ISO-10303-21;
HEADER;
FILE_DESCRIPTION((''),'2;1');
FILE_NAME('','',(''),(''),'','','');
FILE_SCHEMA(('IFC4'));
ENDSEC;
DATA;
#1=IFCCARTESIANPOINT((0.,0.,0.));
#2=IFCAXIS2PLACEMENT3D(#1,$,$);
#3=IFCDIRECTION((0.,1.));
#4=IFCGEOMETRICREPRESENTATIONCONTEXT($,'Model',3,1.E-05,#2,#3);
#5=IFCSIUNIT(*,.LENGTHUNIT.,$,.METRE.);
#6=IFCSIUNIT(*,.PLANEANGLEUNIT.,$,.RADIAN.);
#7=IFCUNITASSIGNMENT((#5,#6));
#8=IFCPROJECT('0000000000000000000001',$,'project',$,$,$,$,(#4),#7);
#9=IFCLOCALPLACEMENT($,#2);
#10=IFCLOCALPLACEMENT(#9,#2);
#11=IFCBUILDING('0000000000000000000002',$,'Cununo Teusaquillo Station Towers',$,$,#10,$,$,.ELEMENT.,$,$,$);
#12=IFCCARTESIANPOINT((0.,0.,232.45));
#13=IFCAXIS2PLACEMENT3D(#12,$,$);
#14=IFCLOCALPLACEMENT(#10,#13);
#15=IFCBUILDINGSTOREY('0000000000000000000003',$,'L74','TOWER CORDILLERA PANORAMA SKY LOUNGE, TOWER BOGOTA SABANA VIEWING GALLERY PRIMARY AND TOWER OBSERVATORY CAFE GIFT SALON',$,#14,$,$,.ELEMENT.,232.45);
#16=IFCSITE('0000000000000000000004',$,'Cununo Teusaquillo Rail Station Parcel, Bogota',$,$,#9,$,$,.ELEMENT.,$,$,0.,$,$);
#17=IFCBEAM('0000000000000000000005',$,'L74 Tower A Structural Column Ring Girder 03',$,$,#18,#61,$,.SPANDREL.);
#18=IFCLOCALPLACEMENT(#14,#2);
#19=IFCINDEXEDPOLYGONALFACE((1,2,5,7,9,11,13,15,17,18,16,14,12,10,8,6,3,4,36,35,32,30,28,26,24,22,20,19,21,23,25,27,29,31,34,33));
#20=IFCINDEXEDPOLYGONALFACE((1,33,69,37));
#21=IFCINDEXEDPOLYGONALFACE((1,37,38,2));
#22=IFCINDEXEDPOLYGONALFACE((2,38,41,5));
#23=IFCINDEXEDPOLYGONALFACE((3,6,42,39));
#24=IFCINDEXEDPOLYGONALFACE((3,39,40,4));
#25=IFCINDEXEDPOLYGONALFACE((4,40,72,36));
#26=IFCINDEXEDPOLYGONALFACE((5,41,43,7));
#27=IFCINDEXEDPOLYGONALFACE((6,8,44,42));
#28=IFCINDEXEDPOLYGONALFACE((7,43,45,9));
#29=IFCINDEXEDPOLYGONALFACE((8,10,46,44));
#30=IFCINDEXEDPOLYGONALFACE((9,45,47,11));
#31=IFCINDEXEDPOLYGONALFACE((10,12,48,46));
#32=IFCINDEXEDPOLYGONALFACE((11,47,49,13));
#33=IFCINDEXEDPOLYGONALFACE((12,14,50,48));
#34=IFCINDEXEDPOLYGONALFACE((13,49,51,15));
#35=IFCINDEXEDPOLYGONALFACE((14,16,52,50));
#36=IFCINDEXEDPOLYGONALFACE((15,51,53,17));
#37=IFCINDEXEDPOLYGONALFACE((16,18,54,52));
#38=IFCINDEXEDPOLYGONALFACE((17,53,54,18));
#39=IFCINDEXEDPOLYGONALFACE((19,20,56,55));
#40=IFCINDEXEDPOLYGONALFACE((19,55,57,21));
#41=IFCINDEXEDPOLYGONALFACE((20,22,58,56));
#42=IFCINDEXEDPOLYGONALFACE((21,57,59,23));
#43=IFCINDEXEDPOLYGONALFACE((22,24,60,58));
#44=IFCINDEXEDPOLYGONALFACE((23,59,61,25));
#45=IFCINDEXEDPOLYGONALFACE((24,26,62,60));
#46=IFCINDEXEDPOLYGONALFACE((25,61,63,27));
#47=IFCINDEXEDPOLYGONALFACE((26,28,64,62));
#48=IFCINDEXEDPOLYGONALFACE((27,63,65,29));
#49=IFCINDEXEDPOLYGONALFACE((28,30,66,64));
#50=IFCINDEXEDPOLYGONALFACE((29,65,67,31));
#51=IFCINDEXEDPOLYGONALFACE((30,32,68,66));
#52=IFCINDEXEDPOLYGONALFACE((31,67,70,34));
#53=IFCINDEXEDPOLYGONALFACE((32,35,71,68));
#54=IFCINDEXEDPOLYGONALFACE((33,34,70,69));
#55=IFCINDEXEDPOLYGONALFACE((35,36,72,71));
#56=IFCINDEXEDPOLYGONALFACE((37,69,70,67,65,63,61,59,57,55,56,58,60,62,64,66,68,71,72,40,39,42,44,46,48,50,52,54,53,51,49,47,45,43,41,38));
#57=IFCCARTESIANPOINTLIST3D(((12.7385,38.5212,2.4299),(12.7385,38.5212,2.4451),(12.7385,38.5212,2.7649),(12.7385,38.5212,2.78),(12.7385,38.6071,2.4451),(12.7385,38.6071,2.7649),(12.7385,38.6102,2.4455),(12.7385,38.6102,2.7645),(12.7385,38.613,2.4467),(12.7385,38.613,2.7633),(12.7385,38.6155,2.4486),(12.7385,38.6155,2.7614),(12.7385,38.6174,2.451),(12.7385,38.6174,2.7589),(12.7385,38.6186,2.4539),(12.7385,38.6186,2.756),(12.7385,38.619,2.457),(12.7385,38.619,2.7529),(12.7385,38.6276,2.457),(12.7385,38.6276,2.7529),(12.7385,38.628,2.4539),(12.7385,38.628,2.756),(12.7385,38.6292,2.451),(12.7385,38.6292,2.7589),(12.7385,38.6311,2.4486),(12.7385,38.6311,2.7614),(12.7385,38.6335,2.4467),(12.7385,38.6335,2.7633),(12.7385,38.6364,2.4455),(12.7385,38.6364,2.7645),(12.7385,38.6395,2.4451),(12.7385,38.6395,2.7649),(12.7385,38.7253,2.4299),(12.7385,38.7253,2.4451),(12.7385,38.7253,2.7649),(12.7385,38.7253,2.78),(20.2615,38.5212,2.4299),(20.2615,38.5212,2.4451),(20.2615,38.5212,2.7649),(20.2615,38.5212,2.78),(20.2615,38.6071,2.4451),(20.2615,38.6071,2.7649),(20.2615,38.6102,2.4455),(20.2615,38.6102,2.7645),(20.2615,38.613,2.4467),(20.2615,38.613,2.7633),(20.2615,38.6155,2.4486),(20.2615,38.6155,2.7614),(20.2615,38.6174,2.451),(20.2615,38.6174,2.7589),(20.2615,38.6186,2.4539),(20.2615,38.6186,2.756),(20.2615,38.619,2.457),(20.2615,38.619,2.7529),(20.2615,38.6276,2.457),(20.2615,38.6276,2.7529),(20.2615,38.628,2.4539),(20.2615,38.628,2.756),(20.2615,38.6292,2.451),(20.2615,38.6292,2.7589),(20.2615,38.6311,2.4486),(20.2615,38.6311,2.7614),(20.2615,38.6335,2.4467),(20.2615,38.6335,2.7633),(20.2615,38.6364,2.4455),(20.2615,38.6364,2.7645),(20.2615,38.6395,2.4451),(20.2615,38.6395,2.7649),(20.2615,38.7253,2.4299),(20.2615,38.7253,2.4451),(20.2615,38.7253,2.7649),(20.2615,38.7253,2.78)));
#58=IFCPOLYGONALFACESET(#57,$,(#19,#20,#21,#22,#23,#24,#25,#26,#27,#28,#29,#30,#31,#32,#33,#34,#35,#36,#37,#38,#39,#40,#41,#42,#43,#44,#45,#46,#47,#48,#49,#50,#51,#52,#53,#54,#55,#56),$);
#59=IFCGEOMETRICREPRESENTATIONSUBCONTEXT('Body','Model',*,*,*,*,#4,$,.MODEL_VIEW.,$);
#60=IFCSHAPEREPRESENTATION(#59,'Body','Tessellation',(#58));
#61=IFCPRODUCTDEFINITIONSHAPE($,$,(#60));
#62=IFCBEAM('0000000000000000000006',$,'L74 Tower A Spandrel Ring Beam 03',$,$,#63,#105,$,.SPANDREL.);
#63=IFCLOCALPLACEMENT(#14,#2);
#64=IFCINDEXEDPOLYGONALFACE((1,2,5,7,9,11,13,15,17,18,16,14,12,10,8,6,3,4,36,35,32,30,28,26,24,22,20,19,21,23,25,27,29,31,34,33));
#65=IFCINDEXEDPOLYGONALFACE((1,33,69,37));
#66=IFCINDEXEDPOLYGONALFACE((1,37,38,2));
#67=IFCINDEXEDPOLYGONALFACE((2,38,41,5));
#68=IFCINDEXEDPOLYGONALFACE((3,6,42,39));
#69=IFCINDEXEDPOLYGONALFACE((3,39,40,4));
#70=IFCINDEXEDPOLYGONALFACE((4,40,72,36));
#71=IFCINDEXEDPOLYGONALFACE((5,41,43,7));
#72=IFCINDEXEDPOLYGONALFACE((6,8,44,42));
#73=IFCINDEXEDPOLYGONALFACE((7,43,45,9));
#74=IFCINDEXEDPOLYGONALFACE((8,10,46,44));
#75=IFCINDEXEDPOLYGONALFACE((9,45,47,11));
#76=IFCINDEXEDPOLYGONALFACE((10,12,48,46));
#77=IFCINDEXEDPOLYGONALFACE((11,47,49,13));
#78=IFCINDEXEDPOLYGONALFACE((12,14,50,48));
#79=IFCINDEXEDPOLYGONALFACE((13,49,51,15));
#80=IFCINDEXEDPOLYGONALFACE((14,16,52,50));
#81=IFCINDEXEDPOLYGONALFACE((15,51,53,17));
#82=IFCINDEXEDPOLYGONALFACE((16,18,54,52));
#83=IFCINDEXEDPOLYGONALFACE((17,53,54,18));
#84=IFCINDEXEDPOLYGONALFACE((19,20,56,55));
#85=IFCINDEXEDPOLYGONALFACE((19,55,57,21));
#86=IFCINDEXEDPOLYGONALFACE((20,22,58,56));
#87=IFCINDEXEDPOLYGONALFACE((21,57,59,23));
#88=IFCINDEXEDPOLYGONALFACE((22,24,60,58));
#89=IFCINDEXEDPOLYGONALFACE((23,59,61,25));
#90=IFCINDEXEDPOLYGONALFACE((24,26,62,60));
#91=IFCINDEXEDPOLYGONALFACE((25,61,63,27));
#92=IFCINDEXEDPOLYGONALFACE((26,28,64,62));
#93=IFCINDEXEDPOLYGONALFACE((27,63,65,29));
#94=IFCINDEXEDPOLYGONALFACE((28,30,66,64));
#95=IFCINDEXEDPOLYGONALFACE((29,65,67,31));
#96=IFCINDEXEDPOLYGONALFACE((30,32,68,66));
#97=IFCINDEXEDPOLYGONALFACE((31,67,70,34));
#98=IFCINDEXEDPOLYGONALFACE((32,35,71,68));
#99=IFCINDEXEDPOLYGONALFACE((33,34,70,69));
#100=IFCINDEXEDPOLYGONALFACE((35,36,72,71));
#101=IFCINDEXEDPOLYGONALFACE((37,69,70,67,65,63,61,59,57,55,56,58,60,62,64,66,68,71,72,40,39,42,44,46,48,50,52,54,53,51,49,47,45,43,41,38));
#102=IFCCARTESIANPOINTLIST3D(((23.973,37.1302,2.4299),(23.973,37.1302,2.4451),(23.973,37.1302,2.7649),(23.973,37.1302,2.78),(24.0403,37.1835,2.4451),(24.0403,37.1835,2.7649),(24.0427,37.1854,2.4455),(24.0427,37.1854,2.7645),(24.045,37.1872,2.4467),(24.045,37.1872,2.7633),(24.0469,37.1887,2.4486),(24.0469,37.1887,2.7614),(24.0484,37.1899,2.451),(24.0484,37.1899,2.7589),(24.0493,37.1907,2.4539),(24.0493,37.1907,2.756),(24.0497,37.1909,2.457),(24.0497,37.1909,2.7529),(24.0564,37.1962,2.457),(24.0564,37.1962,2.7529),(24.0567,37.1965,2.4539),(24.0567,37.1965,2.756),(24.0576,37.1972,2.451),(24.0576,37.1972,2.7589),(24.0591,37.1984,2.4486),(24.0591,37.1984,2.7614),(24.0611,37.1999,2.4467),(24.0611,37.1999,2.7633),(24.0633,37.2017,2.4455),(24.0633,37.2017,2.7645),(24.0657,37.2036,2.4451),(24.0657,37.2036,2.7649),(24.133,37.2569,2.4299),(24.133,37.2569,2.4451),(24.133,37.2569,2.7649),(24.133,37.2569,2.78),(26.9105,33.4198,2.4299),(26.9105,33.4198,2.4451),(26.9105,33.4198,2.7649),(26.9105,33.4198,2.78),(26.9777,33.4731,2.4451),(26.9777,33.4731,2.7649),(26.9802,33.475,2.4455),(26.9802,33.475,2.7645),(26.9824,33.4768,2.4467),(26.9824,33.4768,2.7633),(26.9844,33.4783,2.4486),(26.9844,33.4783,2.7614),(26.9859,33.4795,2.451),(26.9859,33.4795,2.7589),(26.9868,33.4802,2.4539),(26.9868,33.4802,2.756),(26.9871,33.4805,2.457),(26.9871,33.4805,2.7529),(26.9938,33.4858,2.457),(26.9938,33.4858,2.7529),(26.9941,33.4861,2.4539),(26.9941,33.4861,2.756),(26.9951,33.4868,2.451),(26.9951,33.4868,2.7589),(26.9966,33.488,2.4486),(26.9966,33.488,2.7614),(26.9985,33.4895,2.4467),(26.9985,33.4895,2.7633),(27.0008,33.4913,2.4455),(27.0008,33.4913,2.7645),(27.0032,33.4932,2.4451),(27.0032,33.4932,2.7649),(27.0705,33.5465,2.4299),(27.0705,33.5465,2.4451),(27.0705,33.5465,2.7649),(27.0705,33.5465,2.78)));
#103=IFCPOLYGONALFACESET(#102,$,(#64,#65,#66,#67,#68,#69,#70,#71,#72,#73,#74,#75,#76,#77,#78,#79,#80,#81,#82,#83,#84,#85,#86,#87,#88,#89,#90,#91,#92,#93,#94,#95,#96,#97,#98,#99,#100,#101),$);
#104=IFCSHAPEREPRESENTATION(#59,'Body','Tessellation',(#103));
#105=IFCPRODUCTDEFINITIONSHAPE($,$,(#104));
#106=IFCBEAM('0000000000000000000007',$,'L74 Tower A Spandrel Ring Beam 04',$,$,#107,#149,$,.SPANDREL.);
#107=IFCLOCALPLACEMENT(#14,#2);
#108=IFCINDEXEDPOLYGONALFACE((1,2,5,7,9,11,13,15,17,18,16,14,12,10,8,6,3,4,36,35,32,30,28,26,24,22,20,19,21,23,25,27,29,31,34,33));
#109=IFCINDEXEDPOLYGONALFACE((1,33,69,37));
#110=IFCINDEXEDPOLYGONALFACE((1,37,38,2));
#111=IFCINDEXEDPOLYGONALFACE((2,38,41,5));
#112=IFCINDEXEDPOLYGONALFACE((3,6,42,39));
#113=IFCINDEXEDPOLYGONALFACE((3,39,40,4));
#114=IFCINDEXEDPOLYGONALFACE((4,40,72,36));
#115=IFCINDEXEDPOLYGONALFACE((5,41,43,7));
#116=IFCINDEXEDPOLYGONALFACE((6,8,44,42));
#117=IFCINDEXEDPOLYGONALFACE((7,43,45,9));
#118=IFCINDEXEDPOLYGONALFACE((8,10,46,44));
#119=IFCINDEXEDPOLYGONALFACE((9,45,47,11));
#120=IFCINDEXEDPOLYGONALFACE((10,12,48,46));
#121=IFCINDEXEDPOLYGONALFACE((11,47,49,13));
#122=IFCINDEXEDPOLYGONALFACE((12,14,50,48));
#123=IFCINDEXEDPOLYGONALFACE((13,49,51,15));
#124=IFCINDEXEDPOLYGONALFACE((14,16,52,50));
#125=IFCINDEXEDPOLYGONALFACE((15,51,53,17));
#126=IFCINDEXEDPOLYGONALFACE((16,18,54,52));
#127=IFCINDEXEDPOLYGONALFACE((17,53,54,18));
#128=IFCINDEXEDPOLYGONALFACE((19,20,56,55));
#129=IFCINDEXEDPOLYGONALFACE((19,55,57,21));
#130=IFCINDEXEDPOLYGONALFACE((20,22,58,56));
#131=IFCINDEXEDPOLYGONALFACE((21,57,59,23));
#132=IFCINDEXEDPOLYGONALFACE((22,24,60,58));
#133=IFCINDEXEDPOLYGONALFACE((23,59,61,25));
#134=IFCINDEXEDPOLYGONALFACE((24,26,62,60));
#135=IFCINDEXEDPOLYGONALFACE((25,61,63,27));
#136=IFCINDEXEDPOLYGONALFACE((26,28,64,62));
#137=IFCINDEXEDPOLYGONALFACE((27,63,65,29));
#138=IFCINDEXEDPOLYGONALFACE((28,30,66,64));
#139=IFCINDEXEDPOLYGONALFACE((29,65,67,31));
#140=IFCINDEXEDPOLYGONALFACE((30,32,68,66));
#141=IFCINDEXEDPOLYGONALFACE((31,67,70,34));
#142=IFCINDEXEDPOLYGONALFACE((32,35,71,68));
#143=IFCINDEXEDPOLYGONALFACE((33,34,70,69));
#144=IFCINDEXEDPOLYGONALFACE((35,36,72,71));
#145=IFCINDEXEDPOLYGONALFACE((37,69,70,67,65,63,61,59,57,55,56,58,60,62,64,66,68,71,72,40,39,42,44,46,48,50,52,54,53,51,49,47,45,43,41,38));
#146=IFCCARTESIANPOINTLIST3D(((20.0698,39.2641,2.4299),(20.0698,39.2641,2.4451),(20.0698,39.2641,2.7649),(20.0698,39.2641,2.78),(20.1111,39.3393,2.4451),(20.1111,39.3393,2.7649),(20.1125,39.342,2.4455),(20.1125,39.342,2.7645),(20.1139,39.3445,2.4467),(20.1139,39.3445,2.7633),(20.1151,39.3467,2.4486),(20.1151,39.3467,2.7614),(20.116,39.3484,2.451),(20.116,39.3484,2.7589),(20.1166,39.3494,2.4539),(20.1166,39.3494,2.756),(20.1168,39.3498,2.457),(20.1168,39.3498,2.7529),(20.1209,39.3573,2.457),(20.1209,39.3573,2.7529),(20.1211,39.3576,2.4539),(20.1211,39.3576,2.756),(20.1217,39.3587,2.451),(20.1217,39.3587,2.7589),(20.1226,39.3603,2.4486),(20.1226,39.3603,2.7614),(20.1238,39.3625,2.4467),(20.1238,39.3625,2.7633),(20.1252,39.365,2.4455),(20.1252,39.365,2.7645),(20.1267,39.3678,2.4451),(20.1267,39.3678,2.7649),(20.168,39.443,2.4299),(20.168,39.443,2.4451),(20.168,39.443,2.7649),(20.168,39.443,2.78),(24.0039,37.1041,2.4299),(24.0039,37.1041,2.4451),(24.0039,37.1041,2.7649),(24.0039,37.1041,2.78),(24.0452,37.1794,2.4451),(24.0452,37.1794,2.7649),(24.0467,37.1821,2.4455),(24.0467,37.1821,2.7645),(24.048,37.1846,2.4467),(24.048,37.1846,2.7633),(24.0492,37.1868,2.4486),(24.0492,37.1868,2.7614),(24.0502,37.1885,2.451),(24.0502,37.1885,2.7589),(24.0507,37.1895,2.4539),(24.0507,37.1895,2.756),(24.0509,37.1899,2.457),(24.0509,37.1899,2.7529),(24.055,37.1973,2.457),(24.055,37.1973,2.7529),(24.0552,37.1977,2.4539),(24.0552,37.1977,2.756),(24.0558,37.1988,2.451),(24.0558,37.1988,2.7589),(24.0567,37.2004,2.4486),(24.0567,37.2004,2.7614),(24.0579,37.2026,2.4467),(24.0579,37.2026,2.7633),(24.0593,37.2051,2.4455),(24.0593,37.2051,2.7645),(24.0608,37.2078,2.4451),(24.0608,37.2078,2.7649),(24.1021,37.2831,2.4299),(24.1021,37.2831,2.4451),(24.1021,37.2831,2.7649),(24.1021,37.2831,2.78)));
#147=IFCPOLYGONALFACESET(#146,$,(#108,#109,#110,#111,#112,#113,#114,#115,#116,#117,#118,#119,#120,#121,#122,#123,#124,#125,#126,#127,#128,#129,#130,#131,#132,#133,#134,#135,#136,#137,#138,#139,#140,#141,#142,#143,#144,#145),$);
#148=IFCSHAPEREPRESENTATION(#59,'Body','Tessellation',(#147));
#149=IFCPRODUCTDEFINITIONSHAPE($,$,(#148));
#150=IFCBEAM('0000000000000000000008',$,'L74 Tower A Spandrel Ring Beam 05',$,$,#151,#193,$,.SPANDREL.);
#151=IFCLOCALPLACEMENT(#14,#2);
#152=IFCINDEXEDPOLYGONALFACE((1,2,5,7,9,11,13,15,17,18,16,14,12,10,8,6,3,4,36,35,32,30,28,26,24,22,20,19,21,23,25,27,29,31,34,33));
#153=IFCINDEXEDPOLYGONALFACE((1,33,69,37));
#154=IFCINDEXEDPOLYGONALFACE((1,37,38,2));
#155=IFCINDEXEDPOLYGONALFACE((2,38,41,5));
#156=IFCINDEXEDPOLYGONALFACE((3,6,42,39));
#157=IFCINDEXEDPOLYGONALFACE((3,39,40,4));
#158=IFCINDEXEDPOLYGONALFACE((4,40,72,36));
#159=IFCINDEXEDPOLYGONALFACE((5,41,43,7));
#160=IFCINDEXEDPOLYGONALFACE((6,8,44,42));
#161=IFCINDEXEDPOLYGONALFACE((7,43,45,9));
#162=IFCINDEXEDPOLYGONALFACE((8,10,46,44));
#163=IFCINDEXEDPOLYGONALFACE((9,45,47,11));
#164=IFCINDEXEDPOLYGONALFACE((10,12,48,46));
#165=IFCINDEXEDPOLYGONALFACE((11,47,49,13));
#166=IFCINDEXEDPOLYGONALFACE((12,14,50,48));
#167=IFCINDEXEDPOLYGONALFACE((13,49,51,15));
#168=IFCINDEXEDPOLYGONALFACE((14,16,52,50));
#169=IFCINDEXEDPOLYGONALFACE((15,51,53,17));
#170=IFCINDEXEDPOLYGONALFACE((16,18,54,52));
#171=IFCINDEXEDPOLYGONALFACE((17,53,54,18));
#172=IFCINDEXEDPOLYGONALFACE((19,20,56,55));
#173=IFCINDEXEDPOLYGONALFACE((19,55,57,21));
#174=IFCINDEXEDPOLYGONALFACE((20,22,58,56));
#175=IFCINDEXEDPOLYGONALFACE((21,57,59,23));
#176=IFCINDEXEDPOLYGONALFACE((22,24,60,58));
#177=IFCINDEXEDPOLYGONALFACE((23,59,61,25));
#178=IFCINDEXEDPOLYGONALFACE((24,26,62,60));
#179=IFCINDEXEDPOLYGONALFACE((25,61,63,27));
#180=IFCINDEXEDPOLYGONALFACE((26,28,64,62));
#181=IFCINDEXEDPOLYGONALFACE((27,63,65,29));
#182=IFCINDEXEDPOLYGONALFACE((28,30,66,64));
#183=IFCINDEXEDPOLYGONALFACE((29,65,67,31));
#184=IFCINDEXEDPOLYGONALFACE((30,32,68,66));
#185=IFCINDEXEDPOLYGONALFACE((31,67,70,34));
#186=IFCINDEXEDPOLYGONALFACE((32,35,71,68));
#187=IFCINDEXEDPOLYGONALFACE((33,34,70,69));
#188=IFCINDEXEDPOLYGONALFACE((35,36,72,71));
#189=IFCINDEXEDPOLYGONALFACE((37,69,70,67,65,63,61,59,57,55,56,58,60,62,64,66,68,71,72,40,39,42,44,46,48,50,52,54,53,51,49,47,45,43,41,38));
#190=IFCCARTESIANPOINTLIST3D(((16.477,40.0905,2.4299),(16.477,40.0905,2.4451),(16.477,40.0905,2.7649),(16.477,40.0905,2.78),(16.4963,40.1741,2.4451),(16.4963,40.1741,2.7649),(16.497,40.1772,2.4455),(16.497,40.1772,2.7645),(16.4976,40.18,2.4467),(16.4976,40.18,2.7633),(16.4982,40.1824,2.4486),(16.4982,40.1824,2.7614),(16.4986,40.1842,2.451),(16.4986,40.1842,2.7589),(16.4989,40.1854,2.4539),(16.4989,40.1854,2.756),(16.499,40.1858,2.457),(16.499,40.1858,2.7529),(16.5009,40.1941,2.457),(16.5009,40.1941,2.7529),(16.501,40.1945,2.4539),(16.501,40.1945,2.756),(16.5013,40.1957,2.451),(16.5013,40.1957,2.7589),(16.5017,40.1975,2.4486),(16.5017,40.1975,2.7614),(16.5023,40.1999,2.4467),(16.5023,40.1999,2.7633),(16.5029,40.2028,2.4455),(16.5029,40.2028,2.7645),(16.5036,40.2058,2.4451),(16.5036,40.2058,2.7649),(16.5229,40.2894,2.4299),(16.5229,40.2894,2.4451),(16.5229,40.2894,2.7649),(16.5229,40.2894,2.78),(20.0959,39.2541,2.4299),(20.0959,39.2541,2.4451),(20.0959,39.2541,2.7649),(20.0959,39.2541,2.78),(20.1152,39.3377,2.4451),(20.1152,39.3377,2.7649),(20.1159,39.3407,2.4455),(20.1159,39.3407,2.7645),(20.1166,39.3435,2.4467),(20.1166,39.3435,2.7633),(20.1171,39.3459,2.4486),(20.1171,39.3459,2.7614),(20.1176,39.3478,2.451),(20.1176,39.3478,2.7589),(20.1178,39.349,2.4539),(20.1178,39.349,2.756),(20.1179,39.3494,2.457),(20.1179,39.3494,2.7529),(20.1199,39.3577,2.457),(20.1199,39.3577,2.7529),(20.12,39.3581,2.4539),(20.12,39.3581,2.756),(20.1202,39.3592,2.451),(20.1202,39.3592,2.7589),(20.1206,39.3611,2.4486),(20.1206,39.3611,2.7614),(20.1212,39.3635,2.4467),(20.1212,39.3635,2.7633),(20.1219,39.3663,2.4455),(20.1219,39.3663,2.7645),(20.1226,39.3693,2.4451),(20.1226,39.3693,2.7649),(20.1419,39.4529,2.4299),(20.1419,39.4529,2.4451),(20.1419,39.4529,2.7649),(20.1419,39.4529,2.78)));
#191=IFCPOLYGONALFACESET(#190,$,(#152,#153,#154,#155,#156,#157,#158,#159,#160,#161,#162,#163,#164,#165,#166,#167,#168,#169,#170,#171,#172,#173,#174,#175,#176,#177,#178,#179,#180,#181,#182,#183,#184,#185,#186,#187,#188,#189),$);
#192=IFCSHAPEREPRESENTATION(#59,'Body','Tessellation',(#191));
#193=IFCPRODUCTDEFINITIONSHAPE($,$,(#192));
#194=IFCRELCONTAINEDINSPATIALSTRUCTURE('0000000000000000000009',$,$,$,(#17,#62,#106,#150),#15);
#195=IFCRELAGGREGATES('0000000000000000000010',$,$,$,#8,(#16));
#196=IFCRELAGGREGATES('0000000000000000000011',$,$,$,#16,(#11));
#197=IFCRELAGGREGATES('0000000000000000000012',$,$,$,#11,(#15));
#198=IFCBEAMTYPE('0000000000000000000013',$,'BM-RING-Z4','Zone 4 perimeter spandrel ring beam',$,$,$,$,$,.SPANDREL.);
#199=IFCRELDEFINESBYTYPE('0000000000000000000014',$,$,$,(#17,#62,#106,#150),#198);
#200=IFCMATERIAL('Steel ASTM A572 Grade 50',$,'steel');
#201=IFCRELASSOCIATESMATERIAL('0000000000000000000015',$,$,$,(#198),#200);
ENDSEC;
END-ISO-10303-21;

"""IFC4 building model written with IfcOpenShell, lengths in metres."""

from ifc_helpers import new_model, si_unit, direction, frame, origin, origin_2d, place, context, subcontext, project, spatial, i_section, extrude, material, material_profile, profile_set, type_object, element, save


model = new_model("IFC4")

# Units and contexts
model_context = context("Model", 3, precision=1e-05, world=origin(), true_north=direction((0.0, 1.0)))
body_context = subcontext(model_context, "Body", "Model", "MODEL_VIEW")
ifc_project = project(units=[si_unit("LENGTHUNIT", "METRE"), si_unit("PLANEANGLEUNIT", "RADIAN")], contexts=[model_context])

# Site, building, storey
site_placement = place(None, origin())
site = spatial("IfcSite", under=ifc_project, at=site_placement, Name="Cununo Teusaquillo Rail Station Parcel, Bogota", CompositionType="ELEMENT", RefElevation=0.0)
building_placement = place(site_placement, origin())
building = spatial("IfcBuilding", under=site, at=building_placement, Name="Cununo Teusaquillo Station Towers", CompositionType="ELEMENT")
storey_placement = place(building_placement, frame((0.0, 0.0, 232.45)))
storey = spatial("IfcBuildingStorey", under=building, at=storey_placement, Name="L74", Description="TOWER CORDILLERA PANORAMA SKY LOUNGE, TOWER BOGOTA SABANA VIEWING GALLERY PRIMARY AND TOWER OBSERVATORY CAFE GIFT SALON", CompositionType="ELEMENT", Elevation=232.45)

# Beams
ifc_material_1 = material(Name="Steel ASTM A572 Grade 50", Category="steel")
ifc_material_profile_1 = material_profile(ifc_material_1, i_section(OverallWidth=0.2041, OverallDepth=0.3501, WebThickness=0.0085, FlangeThickness=0.0151, FilletRadius=0.012, at=origin_2d()), Name="W14X48")
ifc_profile_set_1 = profile_set([ifc_material_profile_1], Name="Steel ASTM A572 Grade 50")
beam_type_1 = type_object("IfcBeamType", Name="BM-RING-Z4", Description="Zone 4 perimeter spandrel ring beam", PredefinedType="SPANDREL", material=ifc_profile_set_1)
beam_1_placement = place(storey_placement, frame((20.2615, 38.6233, 2.605), z_axis=(-1.0, 0.0, 0.0), x_axis=(0.0, -1.0, 0.0)))
element("IfcBeam", 1, at=beam_1_placement, inside=storey, type_object=beam_type_1, Name="L74 Tower A Structural Column Ring Girder 03", PredefinedType="SPANDREL", context=body_context, shape_type="SweptSolid", body=[
    extrude(i_section(OverallWidth=0.2041, OverallDepth=0.3501, WebThickness=0.0085, FlangeThickness=0.0151, FilletRadius=0.012, at=origin_2d()), origin(), (0.0, 0.0, 1.0), 7.5229),
])
beam_2_placement = place(storey_placement, frame((26.9905, 33.4832, 2.605), z_axis=(-0.620711, 0.78404, 0.0), x_axis=(-0.78404, -0.620711, 0.0)))
element("IfcBeam", 2, at=beam_2_placement, inside=storey, type_object=beam_type_1, Name="L74 Tower A Spandrel Ring Beam 03", PredefinedType="SPANDREL", context=body_context, shape_type="SweptSolid", body=[
    extrude(i_section(OverallWidth=0.2041, OverallDepth=0.3501, WebThickness=0.0085, FlangeThickness=0.0151, FilletRadius=0.012, at=origin_2d()), origin(), (0.0, 0.0, 1.0), 4.7324),
])
beam_3_placement = place(storey_placement, frame((24.053, 37.1936, 2.605), z_axis=(-0.876576, 0.481263, 0.0), x_axis=(-0.481263, -0.876576, 0.0)))
element("IfcBeam", 3, at=beam_3_placement, inside=storey, type_object=beam_type_1, Name="L74 Tower A Spandrel Ring Beam 04", PredefinedType="SPANDREL", context=body_context, shape_type="SweptSolid", body=[
    extrude(i_section(OverallWidth=0.2041, OverallDepth=0.3501, WebThickness=0.0085, FlangeThickness=0.0151, FilletRadius=0.012, at=origin_2d()), origin(), (0.0, 0.0, 1.0), 4.488),
])
for number, where, z_axis, x_axis, name in (
    (4, (20.1189, 39.3535, 2.605), (-0.974315, 0.225191, 0.0), (-0.225191, -0.974315, 0.0), "L74 Tower A Spandrel Ring Beam 05"),
):
    element("IfcBeam", number, at=place(storey_placement, frame(where, z_axis=z_axis, x_axis=x_axis)), inside=storey, type_object=beam_type_1, Name=name, PredefinedType="SPANDREL", context=body_context, shape_type="SweptSolid", body=[
        extrude(i_section(OverallWidth=0.2041, OverallDepth=0.3501, WebThickness=0.0085, FlangeThickness=0.0151, FilletRadius=0.012, at=origin_2d()), origin(), (0.0, 0.0, 1.0), 3.7144),
    ])

save(model, "model.ifc")
